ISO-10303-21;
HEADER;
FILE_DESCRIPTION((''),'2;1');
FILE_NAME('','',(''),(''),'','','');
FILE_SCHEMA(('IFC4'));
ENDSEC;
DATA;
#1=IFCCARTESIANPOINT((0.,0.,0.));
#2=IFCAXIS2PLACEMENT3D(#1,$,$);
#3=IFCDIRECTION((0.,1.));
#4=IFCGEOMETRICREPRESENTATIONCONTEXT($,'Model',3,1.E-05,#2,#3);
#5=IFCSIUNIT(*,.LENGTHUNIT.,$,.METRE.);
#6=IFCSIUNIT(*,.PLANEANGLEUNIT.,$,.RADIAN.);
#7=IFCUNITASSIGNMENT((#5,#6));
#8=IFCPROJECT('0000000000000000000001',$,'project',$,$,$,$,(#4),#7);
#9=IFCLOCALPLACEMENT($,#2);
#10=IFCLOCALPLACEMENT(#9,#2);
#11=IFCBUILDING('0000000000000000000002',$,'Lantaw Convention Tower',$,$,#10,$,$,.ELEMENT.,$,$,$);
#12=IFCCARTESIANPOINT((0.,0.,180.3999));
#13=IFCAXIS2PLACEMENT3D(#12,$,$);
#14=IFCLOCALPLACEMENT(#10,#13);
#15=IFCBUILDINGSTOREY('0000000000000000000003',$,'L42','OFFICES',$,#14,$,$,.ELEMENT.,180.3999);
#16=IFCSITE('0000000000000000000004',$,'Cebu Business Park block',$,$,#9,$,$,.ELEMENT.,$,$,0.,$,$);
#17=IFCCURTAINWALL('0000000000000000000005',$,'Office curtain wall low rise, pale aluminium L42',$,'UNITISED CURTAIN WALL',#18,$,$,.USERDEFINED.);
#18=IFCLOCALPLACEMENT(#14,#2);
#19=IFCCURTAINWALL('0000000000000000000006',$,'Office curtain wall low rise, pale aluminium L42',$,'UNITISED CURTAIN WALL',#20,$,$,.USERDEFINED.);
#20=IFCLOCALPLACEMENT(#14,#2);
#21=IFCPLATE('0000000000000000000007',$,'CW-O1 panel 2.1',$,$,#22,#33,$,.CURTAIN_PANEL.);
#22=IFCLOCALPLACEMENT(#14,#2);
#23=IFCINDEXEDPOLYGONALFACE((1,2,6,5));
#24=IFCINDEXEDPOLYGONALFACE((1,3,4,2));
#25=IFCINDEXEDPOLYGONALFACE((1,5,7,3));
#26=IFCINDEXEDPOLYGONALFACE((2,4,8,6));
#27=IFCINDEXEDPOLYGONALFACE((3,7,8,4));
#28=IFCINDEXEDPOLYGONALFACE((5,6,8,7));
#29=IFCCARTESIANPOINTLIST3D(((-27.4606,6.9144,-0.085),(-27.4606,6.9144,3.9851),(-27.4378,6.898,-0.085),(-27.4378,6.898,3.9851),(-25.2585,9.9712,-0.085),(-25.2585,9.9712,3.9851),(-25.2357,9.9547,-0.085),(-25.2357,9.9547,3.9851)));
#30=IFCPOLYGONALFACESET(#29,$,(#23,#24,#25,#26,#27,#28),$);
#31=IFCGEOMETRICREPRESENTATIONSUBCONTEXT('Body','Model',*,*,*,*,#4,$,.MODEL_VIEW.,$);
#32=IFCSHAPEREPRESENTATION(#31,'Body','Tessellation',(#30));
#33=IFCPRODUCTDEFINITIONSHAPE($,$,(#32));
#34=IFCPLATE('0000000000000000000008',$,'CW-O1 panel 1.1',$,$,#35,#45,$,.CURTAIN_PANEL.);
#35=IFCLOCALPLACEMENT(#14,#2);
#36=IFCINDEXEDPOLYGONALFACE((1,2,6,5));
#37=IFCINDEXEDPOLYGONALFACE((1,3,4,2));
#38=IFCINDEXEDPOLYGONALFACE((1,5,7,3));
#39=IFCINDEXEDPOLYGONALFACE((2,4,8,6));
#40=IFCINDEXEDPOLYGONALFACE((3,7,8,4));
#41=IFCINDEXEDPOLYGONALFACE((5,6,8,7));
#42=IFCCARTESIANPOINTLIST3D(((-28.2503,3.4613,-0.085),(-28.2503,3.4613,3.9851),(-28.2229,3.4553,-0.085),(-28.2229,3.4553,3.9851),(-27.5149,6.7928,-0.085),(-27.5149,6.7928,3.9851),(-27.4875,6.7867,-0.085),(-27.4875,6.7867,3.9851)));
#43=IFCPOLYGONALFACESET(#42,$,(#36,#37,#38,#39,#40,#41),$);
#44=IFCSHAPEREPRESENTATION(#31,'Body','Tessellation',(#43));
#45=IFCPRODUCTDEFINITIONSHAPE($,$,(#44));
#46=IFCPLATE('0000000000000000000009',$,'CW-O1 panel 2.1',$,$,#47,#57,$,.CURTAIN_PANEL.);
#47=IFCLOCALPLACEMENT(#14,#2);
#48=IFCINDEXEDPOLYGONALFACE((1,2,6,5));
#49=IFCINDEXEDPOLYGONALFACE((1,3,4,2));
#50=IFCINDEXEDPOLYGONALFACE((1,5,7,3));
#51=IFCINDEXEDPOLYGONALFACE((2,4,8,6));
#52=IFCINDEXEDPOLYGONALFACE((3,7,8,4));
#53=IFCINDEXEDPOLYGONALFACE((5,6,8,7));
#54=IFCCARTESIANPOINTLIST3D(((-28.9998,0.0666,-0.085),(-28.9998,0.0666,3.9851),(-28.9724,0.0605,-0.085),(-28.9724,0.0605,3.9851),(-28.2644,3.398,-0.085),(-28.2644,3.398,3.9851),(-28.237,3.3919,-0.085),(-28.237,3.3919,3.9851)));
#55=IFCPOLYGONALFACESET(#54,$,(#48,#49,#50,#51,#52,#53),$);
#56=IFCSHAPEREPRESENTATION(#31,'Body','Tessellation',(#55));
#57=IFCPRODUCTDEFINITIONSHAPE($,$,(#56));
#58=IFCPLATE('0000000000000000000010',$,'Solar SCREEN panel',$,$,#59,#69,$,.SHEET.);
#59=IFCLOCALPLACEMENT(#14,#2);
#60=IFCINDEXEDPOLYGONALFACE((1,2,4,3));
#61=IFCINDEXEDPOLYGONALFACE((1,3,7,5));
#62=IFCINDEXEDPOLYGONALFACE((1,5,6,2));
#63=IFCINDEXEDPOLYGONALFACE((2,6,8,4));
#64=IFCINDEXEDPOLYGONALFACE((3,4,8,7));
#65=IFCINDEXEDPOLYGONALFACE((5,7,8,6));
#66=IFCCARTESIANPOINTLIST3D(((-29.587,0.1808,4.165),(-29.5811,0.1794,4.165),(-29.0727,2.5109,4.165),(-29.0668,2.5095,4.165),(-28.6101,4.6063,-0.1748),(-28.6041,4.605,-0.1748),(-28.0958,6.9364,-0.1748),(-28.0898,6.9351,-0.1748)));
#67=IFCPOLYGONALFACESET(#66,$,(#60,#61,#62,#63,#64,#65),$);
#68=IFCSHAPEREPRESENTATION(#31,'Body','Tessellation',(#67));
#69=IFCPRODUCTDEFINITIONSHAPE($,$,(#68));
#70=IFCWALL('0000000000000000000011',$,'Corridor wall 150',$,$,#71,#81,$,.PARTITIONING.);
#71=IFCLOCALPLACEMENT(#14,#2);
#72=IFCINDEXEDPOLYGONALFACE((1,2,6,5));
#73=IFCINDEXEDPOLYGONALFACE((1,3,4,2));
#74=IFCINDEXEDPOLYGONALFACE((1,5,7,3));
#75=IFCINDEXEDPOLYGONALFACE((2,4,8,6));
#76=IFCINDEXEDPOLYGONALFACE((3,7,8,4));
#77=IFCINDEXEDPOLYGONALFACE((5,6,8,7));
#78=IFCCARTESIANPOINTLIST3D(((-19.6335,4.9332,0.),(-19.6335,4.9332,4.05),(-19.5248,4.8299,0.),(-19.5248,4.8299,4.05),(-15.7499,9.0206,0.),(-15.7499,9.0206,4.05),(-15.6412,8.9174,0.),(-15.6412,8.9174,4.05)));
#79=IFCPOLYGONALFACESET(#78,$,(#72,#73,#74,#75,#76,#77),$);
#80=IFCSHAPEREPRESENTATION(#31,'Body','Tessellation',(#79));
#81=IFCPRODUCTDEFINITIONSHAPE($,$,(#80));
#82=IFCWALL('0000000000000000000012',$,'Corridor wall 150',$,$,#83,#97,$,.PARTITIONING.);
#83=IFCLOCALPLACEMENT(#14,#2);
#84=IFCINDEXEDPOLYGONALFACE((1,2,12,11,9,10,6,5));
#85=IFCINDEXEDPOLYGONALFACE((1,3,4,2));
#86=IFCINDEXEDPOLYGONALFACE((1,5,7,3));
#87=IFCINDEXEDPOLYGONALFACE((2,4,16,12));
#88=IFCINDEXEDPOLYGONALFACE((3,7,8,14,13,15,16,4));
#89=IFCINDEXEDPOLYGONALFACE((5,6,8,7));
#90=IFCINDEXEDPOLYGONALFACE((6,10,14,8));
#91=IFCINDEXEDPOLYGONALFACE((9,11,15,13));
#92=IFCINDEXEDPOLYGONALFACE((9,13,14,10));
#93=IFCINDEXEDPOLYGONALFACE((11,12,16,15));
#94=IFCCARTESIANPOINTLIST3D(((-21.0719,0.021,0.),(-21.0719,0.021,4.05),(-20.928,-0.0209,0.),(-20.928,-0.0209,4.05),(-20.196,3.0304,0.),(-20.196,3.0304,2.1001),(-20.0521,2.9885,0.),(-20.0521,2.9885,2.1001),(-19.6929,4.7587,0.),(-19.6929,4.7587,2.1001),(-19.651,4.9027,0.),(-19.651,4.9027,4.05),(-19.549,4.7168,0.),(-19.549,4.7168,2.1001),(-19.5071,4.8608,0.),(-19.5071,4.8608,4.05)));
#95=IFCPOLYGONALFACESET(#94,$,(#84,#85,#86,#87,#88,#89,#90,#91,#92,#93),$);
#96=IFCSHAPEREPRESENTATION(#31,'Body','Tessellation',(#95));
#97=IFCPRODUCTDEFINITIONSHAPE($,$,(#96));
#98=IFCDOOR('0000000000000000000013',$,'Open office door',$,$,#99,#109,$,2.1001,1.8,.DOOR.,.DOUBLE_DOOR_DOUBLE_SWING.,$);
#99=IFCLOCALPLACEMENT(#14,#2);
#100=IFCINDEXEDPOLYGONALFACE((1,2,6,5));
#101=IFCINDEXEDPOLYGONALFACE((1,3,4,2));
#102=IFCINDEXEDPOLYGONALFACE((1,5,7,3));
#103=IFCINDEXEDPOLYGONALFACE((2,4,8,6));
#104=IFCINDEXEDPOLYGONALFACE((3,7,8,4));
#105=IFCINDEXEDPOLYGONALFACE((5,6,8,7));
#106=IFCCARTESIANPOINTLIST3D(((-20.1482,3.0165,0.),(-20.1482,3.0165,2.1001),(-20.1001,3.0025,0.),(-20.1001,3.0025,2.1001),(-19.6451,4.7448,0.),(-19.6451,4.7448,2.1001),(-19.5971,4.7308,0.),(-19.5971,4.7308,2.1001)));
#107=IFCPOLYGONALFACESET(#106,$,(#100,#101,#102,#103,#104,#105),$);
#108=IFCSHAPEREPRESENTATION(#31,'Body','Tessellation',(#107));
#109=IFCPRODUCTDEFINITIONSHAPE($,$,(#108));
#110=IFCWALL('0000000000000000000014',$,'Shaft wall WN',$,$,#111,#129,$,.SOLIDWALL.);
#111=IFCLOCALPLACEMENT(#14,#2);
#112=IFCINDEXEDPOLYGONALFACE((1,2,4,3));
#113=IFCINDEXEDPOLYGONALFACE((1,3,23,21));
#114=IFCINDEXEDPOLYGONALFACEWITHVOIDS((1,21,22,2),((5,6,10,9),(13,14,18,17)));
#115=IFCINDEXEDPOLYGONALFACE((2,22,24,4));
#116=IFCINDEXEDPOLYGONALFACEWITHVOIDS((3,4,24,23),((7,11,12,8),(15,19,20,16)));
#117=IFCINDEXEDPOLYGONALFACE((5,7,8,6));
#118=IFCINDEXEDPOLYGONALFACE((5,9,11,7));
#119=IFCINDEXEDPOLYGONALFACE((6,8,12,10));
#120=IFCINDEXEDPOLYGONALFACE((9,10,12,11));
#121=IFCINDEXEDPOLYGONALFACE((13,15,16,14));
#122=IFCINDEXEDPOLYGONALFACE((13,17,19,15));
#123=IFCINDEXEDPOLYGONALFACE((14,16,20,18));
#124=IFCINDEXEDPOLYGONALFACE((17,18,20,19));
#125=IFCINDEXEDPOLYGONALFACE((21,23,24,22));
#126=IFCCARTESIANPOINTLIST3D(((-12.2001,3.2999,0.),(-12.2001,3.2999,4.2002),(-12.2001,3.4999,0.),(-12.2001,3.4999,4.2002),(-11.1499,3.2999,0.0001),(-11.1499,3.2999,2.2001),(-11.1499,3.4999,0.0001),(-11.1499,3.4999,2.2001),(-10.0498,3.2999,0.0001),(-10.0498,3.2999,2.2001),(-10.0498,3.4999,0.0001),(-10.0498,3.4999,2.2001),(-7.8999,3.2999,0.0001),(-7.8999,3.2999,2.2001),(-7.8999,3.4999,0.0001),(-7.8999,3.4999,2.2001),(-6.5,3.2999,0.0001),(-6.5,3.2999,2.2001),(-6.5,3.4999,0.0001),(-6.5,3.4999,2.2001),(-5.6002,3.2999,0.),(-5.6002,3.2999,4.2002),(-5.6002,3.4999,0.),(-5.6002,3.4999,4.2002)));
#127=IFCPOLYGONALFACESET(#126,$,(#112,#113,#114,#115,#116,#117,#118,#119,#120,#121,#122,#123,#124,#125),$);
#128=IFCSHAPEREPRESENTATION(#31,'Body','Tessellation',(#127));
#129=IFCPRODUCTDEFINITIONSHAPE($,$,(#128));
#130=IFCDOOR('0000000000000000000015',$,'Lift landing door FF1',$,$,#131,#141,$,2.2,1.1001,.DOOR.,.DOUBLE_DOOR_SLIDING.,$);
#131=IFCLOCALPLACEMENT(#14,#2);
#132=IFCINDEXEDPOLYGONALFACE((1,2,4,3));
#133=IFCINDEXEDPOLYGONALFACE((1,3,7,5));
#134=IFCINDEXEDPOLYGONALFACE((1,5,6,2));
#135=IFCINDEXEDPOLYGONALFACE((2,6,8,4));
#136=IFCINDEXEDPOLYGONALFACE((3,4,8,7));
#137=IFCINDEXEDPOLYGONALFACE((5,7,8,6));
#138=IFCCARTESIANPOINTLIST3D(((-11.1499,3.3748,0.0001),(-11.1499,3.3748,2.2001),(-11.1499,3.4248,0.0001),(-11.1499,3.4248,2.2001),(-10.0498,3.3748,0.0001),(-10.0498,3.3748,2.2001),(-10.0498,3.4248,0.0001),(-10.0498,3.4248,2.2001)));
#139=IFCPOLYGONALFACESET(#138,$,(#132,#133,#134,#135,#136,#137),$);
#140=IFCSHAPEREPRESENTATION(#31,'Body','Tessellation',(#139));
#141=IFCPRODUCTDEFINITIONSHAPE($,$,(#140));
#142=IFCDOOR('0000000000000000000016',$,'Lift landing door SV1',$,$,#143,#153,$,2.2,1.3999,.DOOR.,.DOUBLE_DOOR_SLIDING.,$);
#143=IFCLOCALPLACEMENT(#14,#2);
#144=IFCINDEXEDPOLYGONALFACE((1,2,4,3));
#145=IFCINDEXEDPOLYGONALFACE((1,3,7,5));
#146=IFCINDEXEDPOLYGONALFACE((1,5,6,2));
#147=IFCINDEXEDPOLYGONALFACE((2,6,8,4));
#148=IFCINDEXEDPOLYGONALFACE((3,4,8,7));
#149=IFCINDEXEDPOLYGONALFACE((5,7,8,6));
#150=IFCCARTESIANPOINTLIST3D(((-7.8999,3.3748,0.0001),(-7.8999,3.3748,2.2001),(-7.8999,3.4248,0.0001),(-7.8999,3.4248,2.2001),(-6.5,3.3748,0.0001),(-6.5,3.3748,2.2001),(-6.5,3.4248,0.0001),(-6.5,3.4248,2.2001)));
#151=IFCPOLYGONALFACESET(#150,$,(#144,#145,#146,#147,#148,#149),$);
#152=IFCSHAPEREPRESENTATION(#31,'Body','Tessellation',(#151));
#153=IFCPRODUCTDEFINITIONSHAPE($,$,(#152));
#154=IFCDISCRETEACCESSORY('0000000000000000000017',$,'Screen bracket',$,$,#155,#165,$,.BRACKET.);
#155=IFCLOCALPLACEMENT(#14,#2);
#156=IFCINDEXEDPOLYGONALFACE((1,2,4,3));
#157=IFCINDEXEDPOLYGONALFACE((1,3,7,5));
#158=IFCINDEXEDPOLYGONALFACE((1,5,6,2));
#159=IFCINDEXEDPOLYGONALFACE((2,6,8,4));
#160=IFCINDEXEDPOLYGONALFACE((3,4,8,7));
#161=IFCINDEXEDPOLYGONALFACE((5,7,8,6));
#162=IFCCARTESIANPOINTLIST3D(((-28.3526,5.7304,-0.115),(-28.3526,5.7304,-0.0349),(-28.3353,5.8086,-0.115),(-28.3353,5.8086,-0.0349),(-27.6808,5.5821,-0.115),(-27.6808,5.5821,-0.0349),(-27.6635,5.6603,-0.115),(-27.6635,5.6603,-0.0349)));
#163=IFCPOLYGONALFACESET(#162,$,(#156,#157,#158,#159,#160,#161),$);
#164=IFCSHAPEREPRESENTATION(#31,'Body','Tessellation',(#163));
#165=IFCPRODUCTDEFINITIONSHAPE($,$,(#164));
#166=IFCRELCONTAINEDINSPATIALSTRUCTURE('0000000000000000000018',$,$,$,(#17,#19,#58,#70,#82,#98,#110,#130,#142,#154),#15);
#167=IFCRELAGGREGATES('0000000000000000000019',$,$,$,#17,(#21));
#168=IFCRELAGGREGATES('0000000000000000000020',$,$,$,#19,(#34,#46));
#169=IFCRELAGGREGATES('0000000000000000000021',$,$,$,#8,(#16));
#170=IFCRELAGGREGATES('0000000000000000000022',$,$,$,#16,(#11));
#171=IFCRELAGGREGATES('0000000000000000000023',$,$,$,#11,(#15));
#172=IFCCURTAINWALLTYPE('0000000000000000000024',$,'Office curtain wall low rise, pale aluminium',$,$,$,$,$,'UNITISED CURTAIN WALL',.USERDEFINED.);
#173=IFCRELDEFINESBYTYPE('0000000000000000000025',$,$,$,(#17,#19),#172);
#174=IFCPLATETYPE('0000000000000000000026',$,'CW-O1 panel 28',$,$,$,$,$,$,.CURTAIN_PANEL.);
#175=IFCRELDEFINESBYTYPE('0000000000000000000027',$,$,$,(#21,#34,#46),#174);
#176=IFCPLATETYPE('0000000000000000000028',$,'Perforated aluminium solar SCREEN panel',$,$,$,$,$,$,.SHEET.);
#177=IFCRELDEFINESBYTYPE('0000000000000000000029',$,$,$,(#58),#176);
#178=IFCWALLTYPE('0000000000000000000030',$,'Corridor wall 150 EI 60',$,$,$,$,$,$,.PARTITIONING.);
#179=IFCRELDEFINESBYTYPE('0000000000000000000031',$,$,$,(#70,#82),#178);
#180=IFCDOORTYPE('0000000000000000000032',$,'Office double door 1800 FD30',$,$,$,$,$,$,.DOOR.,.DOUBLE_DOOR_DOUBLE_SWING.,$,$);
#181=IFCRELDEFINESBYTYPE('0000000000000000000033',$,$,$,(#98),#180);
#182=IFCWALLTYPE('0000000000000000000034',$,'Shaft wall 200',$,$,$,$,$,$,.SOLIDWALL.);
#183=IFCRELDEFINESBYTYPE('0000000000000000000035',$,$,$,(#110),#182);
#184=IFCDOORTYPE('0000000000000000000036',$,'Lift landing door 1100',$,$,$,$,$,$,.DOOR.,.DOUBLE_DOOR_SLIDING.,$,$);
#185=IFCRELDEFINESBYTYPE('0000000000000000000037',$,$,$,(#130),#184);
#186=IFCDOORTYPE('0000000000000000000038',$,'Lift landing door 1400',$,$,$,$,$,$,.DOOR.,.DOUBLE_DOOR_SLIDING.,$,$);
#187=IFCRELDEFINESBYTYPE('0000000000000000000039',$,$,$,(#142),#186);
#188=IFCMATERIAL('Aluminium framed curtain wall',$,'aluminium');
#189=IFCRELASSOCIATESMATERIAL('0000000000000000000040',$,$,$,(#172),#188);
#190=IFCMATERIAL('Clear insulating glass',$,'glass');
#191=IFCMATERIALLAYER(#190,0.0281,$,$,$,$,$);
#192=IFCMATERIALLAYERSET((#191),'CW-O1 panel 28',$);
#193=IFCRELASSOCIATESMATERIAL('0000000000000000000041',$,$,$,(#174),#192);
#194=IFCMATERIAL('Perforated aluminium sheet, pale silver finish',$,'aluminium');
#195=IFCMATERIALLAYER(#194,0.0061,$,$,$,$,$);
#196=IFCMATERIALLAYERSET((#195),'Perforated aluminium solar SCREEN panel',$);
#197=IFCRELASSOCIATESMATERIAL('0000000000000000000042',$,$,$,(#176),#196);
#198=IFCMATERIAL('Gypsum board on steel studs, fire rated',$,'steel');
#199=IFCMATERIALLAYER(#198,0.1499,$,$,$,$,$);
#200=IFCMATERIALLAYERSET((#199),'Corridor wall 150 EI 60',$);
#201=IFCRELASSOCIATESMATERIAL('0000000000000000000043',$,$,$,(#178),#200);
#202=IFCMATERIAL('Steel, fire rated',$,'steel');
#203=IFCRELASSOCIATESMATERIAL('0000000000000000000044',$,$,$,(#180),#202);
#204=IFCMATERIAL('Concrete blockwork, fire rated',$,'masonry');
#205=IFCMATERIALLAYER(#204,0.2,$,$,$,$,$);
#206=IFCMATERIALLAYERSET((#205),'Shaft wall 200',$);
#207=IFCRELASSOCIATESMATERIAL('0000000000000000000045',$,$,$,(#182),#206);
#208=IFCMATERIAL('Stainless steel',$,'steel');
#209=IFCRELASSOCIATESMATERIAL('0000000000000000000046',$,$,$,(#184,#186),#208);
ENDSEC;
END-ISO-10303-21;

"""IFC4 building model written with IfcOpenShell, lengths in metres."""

from ifc_helpers import new_model, si_unit, direction, frame, frame_2d, origin, origin_2d, place, context, subcontext, project, spatial, polyline, rectangle, outline, extrude, material, layer, layer_set, type_object, element, fill, aggregate, save


model = new_model("IFC4")

# Units and contexts
model_context = context("Model", 3, precision=1e-05, world=origin(), true_north=direction((0.0, 1.0)))
body_context = subcontext(model_context, "Body", "Model", "MODEL_VIEW")
ifc_project = project(units=[si_unit("LENGTHUNIT", "METRE"), si_unit("PLANEANGLEUNIT", "RADIAN")], contexts=[model_context])

# Site, building, storey
site_placement = place(None, origin())
site = spatial("IfcSite", under=ifc_project, at=site_placement, Name="Cebu Business Park block", CompositionType="ELEMENT", RefElevation=0.0)
building_placement = place(site_placement, origin())
building = spatial("IfcBuilding", under=site, at=building_placement, Name="Lantaw Convention Tower", CompositionType="ELEMENT")
storey_placement = place(building_placement, frame((0.0, 0.0, 180.3999)))
storey = spatial("IfcBuildingStorey", under=building, at=storey_placement, Name="L42", Description="OFFICES", CompositionType="ELEMENT", Elevation=180.3999)

# Curtain wall
ifc_material_1 = material(Name="Aluminium framed curtain wall", Category="aluminium")
curtain_wall_type = type_object("IfcCurtainWallType", Name="Office curtain wall low rise, pale aluminium", ElementType="UNITISED CURTAIN WALL", PredefinedType="USERDEFINED", material=ifc_material_1)
curtain_wall_1_placement = place(storey_placement, origin())
curtain_wall_1 = element("IfcCurtainWall", 1, at=curtain_wall_1_placement, inside=storey, type_object=curtain_wall_type, Name="Office curtain wall low rise, pale aluminium L42", ObjectType="UNITISED CURTAIN WALL", PredefinedType="USERDEFINED")

# Curtain wall
curtain_wall_2_placement = place(storey_placement, origin())
curtain_wall_2 = element("IfcCurtainWall", 2, at=curtain_wall_2_placement, inside=storey, type_object=curtain_wall_type, Name="Office curtain wall low rise, pale aluminium L42", ObjectType="UNITISED CURTAIN WALL", PredefinedType="USERDEFINED")

# Plates
ifc_material_2 = material(Name="Clear insulating glass", Category="glass")
ifc_layer_1 = layer(ifc_material_2, 0.0281)
ifc_layer_set_1 = layer_set([ifc_layer_1], Name="CW-O1 panel 28")
plate_type_1 = type_object("IfcPlateType", Name="CW-O1 panel 28", PredefinedType="CURTAIN_PANEL", material=ifc_layer_set_1)
plate_1_placement = place(storey_placement, frame((-26.3481, 8.4346, -0.085), z_axis=(0.0, 0.0, 1.0), x_axis=(-0.584513, -0.811385, 0.0)))
plate_1 = element("IfcPlate", 3, at=plate_1_placement, type_object=plate_type_1, Name="CW-O1 panel 2.1", PredefinedType="CURTAIN_PANEL", context=body_context, shape_type="SweptSolid", body=[
    extrude(rectangle(XDim=3.7673, YDim=0.0281, at=origin_2d()), origin(), (0.0, 0.0, 1.0), 4.0701),
])
aggregate(curtain_wall_1, [plate_1])
plate_2_placement = place(storey_placement, frame((-27.8689, 5.124, -0.085), z_axis=(0.0, 0.0, 1.0), x_axis=(-0.215546, -0.976494, 0.0)))
plate_2 = element("IfcPlate", 4, at=plate_2_placement, type_object=plate_type_1, Name="CW-O1 panel 1.1", PredefinedType="CURTAIN_PANEL", context=body_context, shape_type="SweptSolid", body=[
    extrude(rectangle(XDim=3.4116, YDim=0.0281, at=origin_2d()), origin(), (0.0, 0.0, 1.0), 4.0701),
])
plate_3_placement = place(storey_placement, frame((-28.6184, 1.7292, -0.085), z_axis=(0.0, 0.0, 1.0), x_axis=(-0.215546, -0.976494, 0.0)))
plate_3 = element("IfcPlate", 5, at=plate_3_placement, type_object=plate_type_1, Name="CW-O1 panel 2.1", PredefinedType="CURTAIN_PANEL", context=body_context, shape_type="SweptSolid", body=[
    extrude(rectangle(XDim=3.4116, YDim=0.0281, at=origin_2d()), origin(), (0.0, 0.0, 1.0), 4.0701),
])
aggregate(curtain_wall_2, [plate_2, plate_3])
ifc_material_3 = material(Name="Perforated aluminium sheet, pale silver finish", Category="aluminium")
ifc_layer_2 = layer(ifc_material_3, 0.0061)
ifc_layer_set_2 = layer_set([ifc_layer_2], Name="Perforated aluminium solar SCREEN panel")
plate_type_2 = type_object("IfcPlateType", Name="Perforated aluminium solar SCREEN panel", PredefinedType="SHEET", material=ifc_layer_set_2)
plate_4_placement = place(storey_placement, frame((-28.0898, 6.9351, -0.1748), z_axis=(0.976498, -0.215527, 0.000033), x_axis=(-0.215527, -0.976498, 0.0)))
element("IfcPlate", 6, at=plate_4_placement, inside=storey, type_object=plate_type_2, Name="Solar SCREEN panel", PredefinedType="SHEET", context=body_context, shape_type="SweptSolid", body=[
    extrude(outline(polyline([(0.0, 0.0), (2.3861, 0.0), (6.9182, -4.3398), (4.5321, -4.3398), (0.0, 0.0)])), origin(), (0.0, 0.0, -1.0), 0.0061),
])

# Wall
ifc_material_4 = material(Name="Gypsum board on steel studs, fire rated", Category="steel")
ifc_layer_3 = layer(ifc_material_4, 0.1499)
ifc_layer_set_3 = layer_set([ifc_layer_3], Name="Corridor wall 150 EI 60")
wall_type_1 = type_object("IfcWallType", Name="Corridor wall 150 EI 60", PredefinedType="PARTITIONING", material=ifc_layer_set_3)
wall_1_placement = place(storey_placement, frame((-15.6956, 8.969, 0.0), z_axis=(0.0, 0.0, 1.0), x_axis=(-0.688797, -0.724954, 0.0)))
element("IfcWall", 7, at=wall_1_placement, inside=storey, type_object=wall_type_1, Name="Corridor wall 150", PredefinedType="PARTITIONING", context=body_context, shape_type="SweptSolid", body=[
    extrude(rectangle(XDim=5.6382, YDim=0.1499, at=frame_2d((2.8191, 0.0))), origin(), (0.0, 0.0, 1.0), 4.05),
])

# Wall, opening, door
wall_2_placement = place(storey_placement, frame((-19.5791, 4.8816, 0.0), z_axis=(0.0, 0.0, 1.0), x_axis=(-0.279474, -0.960153, 0.0)))
wall_2 = element("IfcWall", 8, at=wall_2_placement, inside=storey, type_object=wall_type_1, Name="Corridor wall 150", PredefinedType="PARTITIONING", context=body_context, shape_type="SweptSolid", body=[
    extrude(rectangle(XDim=5.0842, YDim=0.1499, at=frame_2d((2.542, 0.0))), origin(), (0.0, 0.0, 1.0), 4.05),
])
opening_1_placement = place(wall_2_placement, frame((0.1499, 0.0, 0.0)))
opening_1 = element("IfcOpeningElement", 9, at=opening_1_placement, cuts=wall_2, PredefinedType="OPENING", context=body_context, shape_type="SweptSolid", body=[
    extrude(rectangle(XDim=1.8, YDim=2.1001, at=frame_2d((0.8999, 1.05))), frame((0.0, 0.085, 0.0), z_axis=(0.0, -1.0, 0.0), x_axis=(1.0, 0.0, 0.0)), (0.0, 0.0, 1.0), 0.1699),
])
ifc_material_5 = material(Name="Steel, fire rated", Category="steel")
door_type_1 = type_object("IfcDoorType", Name="Office double door 1800 FD30", OperationType="DOUBLE_DOOR_DOUBLE_SWING", PredefinedType="DOOR", material=ifc_material_5)
door_1_placement = place(opening_1_placement, origin())
door_1 = element("IfcDoor", 10, at=door_1_placement, inside=storey, type_object=door_type_1, Name="Open office door", OperationType="DOUBLE_DOOR_DOUBLE_SWING", OverallHeight=2.1001, OverallWidth=1.8, PredefinedType="DOOR", context=body_context, shape_type="SweptSolid", body=[
    extrude(rectangle(XDim=1.8, YDim=2.1001, at=frame_2d((0.8999, 1.05))), frame((0.0, 0.0249, 0.0), z_axis=(0.0, -1.0, 0.0), x_axis=(1.0, 0.0, 0.0)), (0.0, 0.0, 1.0), 0.05),
])
fill(opening_1, door_1)

# Wall, openings, doors
ifc_material_6 = material(Name="Concrete blockwork, fire rated", Category="masonry")
ifc_layer_4 = layer(ifc_material_6, 0.2)
ifc_layer_set_4 = layer_set([ifc_layer_4], Name="Shaft wall 200")
wall_type_2 = type_object("IfcWallType", Name="Shaft wall 200", PredefinedType="SOLIDWALL", material=ifc_layer_set_4)
wall_3_placement = place(storey_placement, frame((-12.2, 3.3999, 0.0), z_axis=(0.0, 0.0, 1.0), x_axis=(1.0, 0.0, 0.0)))
wall_3 = element("IfcWall", 11, at=wall_3_placement, inside=storey, type_object=wall_type_2, Name="Shaft wall WN", PredefinedType="SOLIDWALL", context=body_context, shape_type="SweptSolid", body=[
    extrude(rectangle(XDim=6.5999, YDim=0.2, at=frame_2d((3.2998, 0.0))), origin(), (0.0, 0.0, 1.0), 4.2002),
])
opening_2_placement = place(wall_3_placement, frame((1.05, 0.0, 0.0)))
opening_2 = element("IfcOpeningElement", 12, at=opening_2_placement, cuts=wall_3, PredefinedType="OPENING", context=body_context, shape_type="SweptSolid", body=[
    extrude(rectangle(XDim=1.1001, YDim=2.2, at=frame_2d((0.55, 1.1001))), frame((0.0, 0.1099, 0.0), z_axis=(0.0, -1.0, 0.0), x_axis=(1.0, 0.0, 0.0)), (0.0, 0.0, 1.0), 0.22),
])
opening_3_placement = place(wall_3_placement, frame((4.3, 0.0, 0.0)))
opening_3 = element("IfcOpeningElement", 13, at=opening_3_placement, cuts=wall_3, PredefinedType="OPENING", context=body_context, shape_type="SweptSolid", body=[
    extrude(rectangle(XDim=1.3999, YDim=2.2, at=frame_2d((0.7, 1.1001))), frame((0.0, 0.1099, 0.0), z_axis=(0.0, -1.0, 0.0), x_axis=(1.0, 0.0, 0.0)), (0.0, 0.0, 1.0), 0.22),
])
ifc_material_7 = material(Name="Stainless steel", Category="steel")
door_type_2 = type_object("IfcDoorType", Name="Lift landing door 1100", OperationType="DOUBLE_DOOR_SLIDING", PredefinedType="DOOR", material=ifc_material_7)
door_2_placement = place(opening_2_placement, origin())
door_2 = element("IfcDoor", 14, at=door_2_placement, inside=storey, type_object=door_type_2, Name="Lift landing door FF1", OperationType="DOUBLE_DOOR_SLIDING", OverallHeight=2.2, OverallWidth=1.1001, PredefinedType="DOOR", context=body_context, shape_type="SweptSolid", body=[
    extrude(rectangle(XDim=1.1001, YDim=2.2, at=frame_2d((0.55, 1.1001))), frame((0.0, 0.0249, 0.0), z_axis=(0.0, -1.0, 0.0), x_axis=(1.0, 0.0, 0.0)), (0.0, 0.0, 1.0), 0.05),
])
fill(opening_2, door_2)
door_type_3 = type_object("IfcDoorType", Name="Lift landing door 1400", OperationType="DOUBLE_DOOR_SLIDING", PredefinedType="DOOR", material=ifc_material_7)
door_3_placement = place(opening_3_placement, origin())
door_3 = element("IfcDoor", 15, at=door_3_placement, inside=storey, type_object=door_type_3, Name="Lift landing door SV1", OperationType="DOUBLE_DOOR_SLIDING", OverallHeight=2.2, OverallWidth=1.3999, PredefinedType="DOOR", context=body_context, shape_type="SweptSolid", body=[
    extrude(rectangle(XDim=1.3999, YDim=2.2, at=frame_2d((0.7, 1.1001))), frame((0.0, 0.0249, 0.0), z_axis=(0.0, -1.0, 0.0), x_axis=(1.0, 0.0, 0.0)), (0.0, 0.0, 1.0), 0.05),
])
fill(opening_3, door_3)

# Discrete accessory
discrete_accessory_placement = place(storey_placement, frame((-28.0081, 5.6953, -0.115), z_axis=(0.0, 0.0, 1.0), x_axis=(-0.215546, -0.976494, 0.0)))
element("IfcDiscreteAccessory", 16, at=discrete_accessory_placement, inside=storey, Name="Screen bracket", PredefinedType="BRACKET", context=body_context, shape_type="SweptSolid", body=[
    extrude(rectangle(XDim=0.0801, YDim=0.688, at=origin_2d()), origin(), (0.0, 0.0, 1.0), 0.0801),
])

save(model, "model.ifc")
